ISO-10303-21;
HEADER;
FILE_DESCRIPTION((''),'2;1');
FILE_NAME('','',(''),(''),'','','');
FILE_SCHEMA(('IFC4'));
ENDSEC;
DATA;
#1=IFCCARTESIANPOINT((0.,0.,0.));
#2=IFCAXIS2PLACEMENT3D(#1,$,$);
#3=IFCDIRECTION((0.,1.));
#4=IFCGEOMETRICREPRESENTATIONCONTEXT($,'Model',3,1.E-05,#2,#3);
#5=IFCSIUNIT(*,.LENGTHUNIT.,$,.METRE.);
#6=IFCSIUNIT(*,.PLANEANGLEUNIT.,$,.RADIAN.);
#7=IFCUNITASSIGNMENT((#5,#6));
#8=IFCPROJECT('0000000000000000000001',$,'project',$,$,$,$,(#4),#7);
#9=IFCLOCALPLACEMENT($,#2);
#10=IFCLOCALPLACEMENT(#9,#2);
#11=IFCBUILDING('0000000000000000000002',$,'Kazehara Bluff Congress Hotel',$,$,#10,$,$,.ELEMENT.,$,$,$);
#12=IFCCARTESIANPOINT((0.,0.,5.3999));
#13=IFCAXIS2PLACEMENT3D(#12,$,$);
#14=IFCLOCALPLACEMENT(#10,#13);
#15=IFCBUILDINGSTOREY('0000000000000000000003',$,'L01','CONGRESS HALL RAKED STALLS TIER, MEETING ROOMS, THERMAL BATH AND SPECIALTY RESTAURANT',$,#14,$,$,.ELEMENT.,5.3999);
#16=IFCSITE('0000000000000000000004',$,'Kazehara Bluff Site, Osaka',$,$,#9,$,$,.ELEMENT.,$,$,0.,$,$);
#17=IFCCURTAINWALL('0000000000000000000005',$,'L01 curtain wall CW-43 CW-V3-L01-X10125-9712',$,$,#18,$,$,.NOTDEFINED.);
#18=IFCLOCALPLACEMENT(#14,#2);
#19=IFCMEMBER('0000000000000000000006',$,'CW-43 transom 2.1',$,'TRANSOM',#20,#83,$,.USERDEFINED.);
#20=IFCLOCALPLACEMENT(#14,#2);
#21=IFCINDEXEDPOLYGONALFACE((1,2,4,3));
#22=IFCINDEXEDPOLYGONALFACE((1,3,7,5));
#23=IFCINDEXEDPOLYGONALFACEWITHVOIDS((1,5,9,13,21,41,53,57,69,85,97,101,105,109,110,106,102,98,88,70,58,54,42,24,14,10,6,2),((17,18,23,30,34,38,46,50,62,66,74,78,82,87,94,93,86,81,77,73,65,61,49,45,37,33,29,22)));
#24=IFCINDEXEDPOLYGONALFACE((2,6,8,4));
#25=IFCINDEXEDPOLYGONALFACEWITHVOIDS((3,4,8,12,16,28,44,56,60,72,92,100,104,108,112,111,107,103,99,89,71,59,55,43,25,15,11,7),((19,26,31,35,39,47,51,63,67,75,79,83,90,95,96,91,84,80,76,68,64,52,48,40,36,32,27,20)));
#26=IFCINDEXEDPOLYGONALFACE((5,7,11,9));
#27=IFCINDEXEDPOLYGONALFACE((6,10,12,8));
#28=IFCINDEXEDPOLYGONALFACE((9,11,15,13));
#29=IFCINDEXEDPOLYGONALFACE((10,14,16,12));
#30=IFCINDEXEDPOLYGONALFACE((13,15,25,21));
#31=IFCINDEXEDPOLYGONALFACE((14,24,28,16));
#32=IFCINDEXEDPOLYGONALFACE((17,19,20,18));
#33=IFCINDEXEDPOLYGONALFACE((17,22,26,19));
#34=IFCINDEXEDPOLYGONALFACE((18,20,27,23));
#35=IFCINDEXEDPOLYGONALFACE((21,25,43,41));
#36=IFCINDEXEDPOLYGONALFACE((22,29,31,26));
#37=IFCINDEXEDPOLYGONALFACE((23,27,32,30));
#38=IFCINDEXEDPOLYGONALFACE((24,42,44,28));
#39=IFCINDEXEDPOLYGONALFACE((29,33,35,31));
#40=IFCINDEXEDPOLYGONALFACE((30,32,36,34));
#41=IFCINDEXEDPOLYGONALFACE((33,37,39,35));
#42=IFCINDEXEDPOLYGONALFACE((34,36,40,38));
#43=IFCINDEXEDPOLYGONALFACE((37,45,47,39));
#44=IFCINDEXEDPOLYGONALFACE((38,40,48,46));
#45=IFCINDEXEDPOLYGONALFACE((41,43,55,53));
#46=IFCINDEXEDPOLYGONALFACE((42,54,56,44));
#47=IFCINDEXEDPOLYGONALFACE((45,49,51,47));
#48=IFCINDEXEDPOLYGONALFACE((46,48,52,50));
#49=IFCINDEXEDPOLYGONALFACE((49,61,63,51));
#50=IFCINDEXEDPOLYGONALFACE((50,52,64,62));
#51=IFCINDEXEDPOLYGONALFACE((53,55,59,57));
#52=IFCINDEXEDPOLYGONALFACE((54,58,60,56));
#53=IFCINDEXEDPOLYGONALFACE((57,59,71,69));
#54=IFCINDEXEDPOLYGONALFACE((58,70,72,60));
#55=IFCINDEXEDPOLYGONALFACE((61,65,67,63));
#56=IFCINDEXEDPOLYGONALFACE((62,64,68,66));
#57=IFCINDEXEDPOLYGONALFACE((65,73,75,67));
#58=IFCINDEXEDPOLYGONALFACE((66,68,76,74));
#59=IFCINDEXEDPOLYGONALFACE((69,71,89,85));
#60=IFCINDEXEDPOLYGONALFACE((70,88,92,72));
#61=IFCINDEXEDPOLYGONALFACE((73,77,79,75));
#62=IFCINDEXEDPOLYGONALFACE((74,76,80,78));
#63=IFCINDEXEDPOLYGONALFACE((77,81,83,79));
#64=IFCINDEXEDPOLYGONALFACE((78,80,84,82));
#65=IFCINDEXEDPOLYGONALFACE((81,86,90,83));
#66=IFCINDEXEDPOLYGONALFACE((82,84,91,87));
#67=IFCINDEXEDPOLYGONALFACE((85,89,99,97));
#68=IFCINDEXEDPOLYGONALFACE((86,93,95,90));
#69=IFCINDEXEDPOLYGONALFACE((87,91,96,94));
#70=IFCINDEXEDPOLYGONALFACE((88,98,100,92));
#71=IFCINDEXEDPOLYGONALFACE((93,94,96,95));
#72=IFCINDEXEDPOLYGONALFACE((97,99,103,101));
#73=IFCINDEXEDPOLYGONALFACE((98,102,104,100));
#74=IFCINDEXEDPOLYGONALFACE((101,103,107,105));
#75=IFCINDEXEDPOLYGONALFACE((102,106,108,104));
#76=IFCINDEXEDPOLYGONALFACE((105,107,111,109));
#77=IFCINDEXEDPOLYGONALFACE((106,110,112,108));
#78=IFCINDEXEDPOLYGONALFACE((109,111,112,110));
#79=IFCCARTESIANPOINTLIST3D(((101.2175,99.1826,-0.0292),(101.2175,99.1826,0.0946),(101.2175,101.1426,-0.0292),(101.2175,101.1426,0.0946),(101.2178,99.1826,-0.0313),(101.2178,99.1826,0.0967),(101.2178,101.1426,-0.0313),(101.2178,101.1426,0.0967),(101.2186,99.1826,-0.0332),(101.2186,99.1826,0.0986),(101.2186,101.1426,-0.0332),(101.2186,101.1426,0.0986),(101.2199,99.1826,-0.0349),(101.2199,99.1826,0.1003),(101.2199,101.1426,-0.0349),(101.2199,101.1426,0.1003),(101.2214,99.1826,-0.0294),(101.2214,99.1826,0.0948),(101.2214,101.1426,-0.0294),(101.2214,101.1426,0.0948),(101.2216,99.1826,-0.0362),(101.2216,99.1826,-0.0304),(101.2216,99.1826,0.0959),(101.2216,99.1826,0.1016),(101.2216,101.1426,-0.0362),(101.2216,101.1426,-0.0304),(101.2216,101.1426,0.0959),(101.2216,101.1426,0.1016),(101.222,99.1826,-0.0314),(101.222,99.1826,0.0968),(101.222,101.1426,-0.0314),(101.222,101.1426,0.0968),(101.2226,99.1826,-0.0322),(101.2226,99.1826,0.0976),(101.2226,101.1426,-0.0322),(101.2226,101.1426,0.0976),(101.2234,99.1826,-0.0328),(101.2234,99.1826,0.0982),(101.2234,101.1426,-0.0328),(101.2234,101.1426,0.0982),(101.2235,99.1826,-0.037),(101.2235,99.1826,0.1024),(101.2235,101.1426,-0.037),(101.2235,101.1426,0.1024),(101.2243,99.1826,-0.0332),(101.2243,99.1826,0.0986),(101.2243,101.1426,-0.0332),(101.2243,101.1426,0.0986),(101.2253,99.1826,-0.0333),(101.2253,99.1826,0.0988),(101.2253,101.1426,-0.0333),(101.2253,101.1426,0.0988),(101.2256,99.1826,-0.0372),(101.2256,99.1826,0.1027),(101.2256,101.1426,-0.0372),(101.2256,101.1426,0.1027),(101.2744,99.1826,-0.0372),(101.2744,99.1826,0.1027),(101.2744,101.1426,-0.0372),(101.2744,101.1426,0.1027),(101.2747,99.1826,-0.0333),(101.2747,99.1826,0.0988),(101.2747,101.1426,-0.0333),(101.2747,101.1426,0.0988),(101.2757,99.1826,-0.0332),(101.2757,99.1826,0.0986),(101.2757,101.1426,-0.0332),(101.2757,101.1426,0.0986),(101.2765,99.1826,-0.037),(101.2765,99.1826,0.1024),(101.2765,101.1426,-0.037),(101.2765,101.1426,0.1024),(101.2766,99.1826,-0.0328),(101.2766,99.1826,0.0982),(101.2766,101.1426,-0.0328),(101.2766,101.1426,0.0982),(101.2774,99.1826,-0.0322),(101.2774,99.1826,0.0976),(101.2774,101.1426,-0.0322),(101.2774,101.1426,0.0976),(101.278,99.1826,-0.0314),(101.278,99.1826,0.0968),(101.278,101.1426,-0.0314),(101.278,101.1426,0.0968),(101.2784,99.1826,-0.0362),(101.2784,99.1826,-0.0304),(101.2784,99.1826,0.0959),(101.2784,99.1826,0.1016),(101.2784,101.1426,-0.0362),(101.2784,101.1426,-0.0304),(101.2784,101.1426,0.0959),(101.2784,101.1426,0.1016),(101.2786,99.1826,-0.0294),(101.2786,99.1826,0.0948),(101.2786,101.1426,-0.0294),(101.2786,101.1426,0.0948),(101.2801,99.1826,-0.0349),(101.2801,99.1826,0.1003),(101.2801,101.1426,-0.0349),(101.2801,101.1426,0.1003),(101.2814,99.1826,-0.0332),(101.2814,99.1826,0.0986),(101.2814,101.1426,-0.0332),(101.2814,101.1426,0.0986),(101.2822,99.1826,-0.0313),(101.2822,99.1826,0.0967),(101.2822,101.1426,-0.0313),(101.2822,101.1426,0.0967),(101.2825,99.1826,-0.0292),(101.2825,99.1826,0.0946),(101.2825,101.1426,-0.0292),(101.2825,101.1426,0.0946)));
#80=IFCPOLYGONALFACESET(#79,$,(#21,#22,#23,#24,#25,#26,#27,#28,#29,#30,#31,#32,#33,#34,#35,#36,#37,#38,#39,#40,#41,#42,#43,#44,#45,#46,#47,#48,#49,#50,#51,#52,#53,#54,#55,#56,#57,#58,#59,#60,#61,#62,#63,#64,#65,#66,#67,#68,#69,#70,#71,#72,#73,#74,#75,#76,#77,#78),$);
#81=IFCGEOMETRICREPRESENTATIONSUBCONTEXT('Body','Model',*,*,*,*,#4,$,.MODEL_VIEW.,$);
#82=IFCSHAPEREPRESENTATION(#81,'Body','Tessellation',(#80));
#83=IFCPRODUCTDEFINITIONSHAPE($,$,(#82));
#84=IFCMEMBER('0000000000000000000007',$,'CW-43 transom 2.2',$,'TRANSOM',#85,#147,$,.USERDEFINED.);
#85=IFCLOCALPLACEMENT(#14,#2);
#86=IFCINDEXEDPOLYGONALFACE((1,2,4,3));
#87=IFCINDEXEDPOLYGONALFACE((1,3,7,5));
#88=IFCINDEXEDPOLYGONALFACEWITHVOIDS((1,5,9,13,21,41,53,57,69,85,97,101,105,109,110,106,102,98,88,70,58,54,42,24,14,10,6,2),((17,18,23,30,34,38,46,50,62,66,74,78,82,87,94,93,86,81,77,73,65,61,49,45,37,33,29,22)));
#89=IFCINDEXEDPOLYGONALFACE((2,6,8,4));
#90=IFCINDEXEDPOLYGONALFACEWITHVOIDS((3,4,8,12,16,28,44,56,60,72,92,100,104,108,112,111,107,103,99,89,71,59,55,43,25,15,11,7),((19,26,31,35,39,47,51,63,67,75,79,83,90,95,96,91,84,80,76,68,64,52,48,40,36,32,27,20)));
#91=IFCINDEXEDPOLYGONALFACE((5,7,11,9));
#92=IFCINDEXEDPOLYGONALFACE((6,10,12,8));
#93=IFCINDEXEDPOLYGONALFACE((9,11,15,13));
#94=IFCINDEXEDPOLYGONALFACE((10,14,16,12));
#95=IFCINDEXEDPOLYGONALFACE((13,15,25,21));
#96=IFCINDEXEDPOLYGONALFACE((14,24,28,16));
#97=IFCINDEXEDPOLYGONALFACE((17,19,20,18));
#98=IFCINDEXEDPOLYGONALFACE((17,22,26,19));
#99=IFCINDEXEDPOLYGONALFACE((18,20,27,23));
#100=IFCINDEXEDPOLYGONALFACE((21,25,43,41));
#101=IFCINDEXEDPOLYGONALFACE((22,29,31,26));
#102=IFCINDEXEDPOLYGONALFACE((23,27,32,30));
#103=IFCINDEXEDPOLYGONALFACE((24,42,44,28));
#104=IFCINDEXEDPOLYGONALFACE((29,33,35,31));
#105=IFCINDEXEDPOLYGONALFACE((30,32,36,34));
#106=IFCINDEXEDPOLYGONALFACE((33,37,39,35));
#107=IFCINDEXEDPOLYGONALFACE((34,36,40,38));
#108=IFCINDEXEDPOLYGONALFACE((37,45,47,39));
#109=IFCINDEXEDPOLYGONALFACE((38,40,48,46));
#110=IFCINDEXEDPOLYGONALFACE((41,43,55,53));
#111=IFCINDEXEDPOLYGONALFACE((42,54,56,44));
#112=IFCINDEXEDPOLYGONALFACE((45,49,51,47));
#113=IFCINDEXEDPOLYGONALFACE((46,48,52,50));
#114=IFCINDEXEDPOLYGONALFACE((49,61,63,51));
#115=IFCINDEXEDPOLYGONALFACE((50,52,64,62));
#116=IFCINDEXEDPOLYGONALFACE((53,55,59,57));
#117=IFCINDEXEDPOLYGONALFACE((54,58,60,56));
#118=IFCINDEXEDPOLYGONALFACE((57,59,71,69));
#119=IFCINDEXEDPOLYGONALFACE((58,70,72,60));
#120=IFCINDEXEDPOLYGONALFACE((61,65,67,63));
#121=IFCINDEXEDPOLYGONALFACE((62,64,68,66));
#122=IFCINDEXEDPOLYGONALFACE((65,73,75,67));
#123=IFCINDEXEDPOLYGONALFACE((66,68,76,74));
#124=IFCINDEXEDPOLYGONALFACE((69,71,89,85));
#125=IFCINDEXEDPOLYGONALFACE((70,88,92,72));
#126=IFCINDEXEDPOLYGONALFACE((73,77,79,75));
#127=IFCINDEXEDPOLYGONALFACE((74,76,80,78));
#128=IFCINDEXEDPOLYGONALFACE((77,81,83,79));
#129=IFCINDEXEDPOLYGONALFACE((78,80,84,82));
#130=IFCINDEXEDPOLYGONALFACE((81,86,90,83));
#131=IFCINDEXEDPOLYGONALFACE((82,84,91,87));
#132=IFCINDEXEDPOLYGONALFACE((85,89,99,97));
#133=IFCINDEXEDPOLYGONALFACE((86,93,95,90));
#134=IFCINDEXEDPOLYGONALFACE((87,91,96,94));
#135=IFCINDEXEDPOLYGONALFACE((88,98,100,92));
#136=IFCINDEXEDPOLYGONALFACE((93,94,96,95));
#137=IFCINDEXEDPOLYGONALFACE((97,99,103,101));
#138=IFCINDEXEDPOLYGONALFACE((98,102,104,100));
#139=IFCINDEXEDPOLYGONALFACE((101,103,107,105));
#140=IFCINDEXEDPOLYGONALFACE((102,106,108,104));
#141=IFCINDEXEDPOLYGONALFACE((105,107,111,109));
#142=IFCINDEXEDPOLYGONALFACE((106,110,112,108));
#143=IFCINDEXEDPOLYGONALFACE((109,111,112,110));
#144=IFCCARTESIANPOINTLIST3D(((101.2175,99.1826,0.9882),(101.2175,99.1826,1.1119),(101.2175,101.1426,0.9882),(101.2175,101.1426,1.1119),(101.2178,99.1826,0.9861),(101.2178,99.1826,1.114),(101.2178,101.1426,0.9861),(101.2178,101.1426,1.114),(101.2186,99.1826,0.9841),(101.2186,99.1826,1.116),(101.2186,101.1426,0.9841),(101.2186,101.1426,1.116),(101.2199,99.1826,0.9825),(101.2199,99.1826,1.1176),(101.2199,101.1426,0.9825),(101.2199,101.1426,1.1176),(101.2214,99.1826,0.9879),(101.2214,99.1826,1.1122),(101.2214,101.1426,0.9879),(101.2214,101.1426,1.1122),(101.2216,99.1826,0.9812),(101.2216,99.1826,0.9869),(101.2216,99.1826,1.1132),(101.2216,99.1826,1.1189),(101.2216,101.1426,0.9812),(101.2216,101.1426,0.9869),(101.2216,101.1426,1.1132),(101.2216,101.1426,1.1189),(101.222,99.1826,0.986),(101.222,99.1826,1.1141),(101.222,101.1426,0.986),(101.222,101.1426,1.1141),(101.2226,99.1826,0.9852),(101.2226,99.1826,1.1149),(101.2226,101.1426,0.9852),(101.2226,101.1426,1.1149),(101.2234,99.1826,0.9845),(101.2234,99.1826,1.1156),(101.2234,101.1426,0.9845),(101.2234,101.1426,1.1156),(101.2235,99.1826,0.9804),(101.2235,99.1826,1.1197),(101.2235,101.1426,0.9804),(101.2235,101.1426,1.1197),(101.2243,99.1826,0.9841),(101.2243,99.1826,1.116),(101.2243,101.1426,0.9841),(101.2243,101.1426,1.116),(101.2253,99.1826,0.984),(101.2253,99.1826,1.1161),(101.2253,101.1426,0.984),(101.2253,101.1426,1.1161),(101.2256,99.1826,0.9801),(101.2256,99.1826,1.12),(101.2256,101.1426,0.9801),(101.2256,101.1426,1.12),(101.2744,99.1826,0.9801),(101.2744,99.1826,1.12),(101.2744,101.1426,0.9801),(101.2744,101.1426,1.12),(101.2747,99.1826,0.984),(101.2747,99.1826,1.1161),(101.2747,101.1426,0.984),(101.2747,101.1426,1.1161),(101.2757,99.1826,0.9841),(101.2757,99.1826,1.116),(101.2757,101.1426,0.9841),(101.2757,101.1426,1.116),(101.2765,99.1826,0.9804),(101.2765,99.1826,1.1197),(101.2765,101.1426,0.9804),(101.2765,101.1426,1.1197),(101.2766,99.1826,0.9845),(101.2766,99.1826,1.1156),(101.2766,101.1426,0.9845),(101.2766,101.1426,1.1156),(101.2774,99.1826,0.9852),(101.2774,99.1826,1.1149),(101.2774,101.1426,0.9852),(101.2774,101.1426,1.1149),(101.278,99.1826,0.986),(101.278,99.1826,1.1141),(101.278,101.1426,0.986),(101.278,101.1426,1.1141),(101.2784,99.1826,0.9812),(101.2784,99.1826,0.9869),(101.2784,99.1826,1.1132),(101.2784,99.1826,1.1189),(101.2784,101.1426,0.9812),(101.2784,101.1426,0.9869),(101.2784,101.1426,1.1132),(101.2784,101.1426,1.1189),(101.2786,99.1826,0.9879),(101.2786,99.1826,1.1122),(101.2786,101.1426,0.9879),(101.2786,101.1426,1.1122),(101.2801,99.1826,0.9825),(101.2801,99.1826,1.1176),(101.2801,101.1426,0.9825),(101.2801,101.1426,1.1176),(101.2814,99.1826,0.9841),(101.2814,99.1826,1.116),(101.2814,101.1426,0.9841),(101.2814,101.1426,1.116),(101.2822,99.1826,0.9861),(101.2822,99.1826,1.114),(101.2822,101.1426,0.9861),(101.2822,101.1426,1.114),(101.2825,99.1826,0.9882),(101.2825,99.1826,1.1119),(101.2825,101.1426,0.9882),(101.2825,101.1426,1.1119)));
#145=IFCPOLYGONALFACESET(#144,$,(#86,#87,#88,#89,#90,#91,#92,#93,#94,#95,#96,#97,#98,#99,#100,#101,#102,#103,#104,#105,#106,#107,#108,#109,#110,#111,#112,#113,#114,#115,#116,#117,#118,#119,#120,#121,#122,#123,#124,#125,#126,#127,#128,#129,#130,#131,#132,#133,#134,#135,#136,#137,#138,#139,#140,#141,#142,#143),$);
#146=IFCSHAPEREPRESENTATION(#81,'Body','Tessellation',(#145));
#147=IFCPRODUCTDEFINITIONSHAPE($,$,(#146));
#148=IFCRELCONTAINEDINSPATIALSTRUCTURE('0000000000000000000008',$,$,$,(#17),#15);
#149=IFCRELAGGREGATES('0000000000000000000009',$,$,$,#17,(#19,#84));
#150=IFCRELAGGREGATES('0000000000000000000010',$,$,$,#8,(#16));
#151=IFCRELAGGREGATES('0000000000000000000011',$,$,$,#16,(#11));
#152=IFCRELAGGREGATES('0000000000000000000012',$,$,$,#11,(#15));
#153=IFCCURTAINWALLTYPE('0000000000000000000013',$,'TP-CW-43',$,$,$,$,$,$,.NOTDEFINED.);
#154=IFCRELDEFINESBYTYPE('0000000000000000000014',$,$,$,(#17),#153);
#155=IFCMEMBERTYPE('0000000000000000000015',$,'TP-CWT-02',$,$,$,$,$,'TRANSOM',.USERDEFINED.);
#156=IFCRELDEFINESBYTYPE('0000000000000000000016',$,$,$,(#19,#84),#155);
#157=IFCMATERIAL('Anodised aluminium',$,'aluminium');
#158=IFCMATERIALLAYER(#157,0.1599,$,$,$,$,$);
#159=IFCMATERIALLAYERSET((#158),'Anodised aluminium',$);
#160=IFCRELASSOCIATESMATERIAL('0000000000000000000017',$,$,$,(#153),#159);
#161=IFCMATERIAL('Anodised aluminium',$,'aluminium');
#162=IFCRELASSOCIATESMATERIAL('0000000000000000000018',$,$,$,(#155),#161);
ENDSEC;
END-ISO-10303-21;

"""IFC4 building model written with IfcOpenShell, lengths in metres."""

from ifc_helpers import new_model, si_unit, direction, frame, origin, origin_2d, place, context, subcontext, project, spatial, hollow_rectangle, extrude, material, layer, layer_set, material_profile, profile_set, type_object, element, aggregate, save


model = new_model("IFC4")

# Units and contexts
model_context = context("Model", 3, precision=1e-05, world=origin(), true_north=direction((0.0, 1.0)))
body_context = subcontext(model_context, "Body", "Model", "MODEL_VIEW")
ifc_project = project(units=[si_unit("LENGTHUNIT", "METRE"), si_unit("PLANEANGLEUNIT", "RADIAN")], contexts=[model_context])

# Site, building, storey
site_placement = place(None, origin())
site = spatial("IfcSite", under=ifc_project, at=site_placement, Name="Kazehara Bluff Site, Osaka", CompositionType="ELEMENT", RefElevation=0.0)
building_placement = place(site_placement, origin())
building = spatial("IfcBuilding", under=site, at=building_placement, Name="Kazehara Bluff Congress Hotel", CompositionType="ELEMENT")
storey_placement = place(building_placement, frame((0.0, 0.0, 5.3999)))
storey = spatial("IfcBuildingStorey", under=building, at=storey_placement, Name="L01", Description="CONGRESS HALL RAKED STALLS TIER, MEETING ROOMS, THERMAL BATH AND SPECIALTY RESTAURANT", CompositionType="ELEMENT", Elevation=5.3999)

# Curtain wall
ifc_material_1 = material(Name="Anodised aluminium", Category="aluminium")
ifc_layer_1 = layer(ifc_material_1, 0.1599)
ifc_layer_set_1 = layer_set([ifc_layer_1], Name="Anodised aluminium")
curtain_wall_type_1 = type_object("IfcCurtainWallType", Name="TP-CW-43", PredefinedType="NOTDEFINED", material=ifc_layer_set_1)
curtain_wall_1_placement = place(storey_placement, origin())
curtain_wall_1 = element("IfcCurtainWall", 1, at=curtain_wall_1_placement, inside=storey, type_object=curtain_wall_type_1, Name="L01 curtain wall CW-43 CW-V3-L01-X10125-9712", PredefinedType="NOTDEFINED")

# Members
ifc_material_2 = material(Name="Anodised aluminium", Category="aluminium")
ifc_material_profile_1 = material_profile(ifc_material_2, hollow_rectangle(XDim=0.0649, YDim=0.1399, WallThickness=0.0039, InnerFilletRadius=0.0039, OuterFilletRadius=0.0081, at=origin_2d()))
ifc_profile_set_1 = profile_set([ifc_material_profile_1], Name="Anodised aluminium")
member_type_1 = type_object("IfcMemberType", Name="TP-CWT-02", ElementType="TRANSOM", PredefinedType="USERDEFINED", material=ifc_profile_set_1)
member_1_placement = place(storey_placement, frame((101.25, 99.1826, 0.0327), z_axis=(0.0, 1.0, 0.0), x_axis=(-1.0, 0.0, 0.0)))
member_1 = element("IfcMember", 2, at=member_1_placement, type_object=member_type_1, Name="CW-43 transom 2.1", ObjectType="TRANSOM", PredefinedType="USERDEFINED", context=body_context, shape_type="SweptSolid", body=[
    extrude(hollow_rectangle(XDim=0.0649, YDim=0.1399, WallThickness=0.0039, InnerFilletRadius=0.0039, OuterFilletRadius=0.0081, at=origin_2d()), origin(), (0.0, 0.0, 1.0), 1.96),
])
member_2_placement = place(storey_placement, frame((101.25, 99.1826, 1.05), z_axis=(0.0, 1.0, 0.0), x_axis=(-1.0, 0.0, 0.0)))
member_2 = element("IfcMember", 3, at=member_2_placement, type_object=member_type_1, Name="CW-43 transom 2.2", ObjectType="TRANSOM", PredefinedType="USERDEFINED", context=body_context, shape_type="SweptSolid", body=[
    extrude(hollow_rectangle(XDim=0.0649, YDim=0.1399, WallThickness=0.0039, InnerFilletRadius=0.0039, OuterFilletRadius=0.0081, at=origin_2d()), origin(), (0.0, 0.0, 1.0), 1.96),
])

aggregate(curtain_wall_1, [member_1, member_2])

save(model, "model.ifc")
